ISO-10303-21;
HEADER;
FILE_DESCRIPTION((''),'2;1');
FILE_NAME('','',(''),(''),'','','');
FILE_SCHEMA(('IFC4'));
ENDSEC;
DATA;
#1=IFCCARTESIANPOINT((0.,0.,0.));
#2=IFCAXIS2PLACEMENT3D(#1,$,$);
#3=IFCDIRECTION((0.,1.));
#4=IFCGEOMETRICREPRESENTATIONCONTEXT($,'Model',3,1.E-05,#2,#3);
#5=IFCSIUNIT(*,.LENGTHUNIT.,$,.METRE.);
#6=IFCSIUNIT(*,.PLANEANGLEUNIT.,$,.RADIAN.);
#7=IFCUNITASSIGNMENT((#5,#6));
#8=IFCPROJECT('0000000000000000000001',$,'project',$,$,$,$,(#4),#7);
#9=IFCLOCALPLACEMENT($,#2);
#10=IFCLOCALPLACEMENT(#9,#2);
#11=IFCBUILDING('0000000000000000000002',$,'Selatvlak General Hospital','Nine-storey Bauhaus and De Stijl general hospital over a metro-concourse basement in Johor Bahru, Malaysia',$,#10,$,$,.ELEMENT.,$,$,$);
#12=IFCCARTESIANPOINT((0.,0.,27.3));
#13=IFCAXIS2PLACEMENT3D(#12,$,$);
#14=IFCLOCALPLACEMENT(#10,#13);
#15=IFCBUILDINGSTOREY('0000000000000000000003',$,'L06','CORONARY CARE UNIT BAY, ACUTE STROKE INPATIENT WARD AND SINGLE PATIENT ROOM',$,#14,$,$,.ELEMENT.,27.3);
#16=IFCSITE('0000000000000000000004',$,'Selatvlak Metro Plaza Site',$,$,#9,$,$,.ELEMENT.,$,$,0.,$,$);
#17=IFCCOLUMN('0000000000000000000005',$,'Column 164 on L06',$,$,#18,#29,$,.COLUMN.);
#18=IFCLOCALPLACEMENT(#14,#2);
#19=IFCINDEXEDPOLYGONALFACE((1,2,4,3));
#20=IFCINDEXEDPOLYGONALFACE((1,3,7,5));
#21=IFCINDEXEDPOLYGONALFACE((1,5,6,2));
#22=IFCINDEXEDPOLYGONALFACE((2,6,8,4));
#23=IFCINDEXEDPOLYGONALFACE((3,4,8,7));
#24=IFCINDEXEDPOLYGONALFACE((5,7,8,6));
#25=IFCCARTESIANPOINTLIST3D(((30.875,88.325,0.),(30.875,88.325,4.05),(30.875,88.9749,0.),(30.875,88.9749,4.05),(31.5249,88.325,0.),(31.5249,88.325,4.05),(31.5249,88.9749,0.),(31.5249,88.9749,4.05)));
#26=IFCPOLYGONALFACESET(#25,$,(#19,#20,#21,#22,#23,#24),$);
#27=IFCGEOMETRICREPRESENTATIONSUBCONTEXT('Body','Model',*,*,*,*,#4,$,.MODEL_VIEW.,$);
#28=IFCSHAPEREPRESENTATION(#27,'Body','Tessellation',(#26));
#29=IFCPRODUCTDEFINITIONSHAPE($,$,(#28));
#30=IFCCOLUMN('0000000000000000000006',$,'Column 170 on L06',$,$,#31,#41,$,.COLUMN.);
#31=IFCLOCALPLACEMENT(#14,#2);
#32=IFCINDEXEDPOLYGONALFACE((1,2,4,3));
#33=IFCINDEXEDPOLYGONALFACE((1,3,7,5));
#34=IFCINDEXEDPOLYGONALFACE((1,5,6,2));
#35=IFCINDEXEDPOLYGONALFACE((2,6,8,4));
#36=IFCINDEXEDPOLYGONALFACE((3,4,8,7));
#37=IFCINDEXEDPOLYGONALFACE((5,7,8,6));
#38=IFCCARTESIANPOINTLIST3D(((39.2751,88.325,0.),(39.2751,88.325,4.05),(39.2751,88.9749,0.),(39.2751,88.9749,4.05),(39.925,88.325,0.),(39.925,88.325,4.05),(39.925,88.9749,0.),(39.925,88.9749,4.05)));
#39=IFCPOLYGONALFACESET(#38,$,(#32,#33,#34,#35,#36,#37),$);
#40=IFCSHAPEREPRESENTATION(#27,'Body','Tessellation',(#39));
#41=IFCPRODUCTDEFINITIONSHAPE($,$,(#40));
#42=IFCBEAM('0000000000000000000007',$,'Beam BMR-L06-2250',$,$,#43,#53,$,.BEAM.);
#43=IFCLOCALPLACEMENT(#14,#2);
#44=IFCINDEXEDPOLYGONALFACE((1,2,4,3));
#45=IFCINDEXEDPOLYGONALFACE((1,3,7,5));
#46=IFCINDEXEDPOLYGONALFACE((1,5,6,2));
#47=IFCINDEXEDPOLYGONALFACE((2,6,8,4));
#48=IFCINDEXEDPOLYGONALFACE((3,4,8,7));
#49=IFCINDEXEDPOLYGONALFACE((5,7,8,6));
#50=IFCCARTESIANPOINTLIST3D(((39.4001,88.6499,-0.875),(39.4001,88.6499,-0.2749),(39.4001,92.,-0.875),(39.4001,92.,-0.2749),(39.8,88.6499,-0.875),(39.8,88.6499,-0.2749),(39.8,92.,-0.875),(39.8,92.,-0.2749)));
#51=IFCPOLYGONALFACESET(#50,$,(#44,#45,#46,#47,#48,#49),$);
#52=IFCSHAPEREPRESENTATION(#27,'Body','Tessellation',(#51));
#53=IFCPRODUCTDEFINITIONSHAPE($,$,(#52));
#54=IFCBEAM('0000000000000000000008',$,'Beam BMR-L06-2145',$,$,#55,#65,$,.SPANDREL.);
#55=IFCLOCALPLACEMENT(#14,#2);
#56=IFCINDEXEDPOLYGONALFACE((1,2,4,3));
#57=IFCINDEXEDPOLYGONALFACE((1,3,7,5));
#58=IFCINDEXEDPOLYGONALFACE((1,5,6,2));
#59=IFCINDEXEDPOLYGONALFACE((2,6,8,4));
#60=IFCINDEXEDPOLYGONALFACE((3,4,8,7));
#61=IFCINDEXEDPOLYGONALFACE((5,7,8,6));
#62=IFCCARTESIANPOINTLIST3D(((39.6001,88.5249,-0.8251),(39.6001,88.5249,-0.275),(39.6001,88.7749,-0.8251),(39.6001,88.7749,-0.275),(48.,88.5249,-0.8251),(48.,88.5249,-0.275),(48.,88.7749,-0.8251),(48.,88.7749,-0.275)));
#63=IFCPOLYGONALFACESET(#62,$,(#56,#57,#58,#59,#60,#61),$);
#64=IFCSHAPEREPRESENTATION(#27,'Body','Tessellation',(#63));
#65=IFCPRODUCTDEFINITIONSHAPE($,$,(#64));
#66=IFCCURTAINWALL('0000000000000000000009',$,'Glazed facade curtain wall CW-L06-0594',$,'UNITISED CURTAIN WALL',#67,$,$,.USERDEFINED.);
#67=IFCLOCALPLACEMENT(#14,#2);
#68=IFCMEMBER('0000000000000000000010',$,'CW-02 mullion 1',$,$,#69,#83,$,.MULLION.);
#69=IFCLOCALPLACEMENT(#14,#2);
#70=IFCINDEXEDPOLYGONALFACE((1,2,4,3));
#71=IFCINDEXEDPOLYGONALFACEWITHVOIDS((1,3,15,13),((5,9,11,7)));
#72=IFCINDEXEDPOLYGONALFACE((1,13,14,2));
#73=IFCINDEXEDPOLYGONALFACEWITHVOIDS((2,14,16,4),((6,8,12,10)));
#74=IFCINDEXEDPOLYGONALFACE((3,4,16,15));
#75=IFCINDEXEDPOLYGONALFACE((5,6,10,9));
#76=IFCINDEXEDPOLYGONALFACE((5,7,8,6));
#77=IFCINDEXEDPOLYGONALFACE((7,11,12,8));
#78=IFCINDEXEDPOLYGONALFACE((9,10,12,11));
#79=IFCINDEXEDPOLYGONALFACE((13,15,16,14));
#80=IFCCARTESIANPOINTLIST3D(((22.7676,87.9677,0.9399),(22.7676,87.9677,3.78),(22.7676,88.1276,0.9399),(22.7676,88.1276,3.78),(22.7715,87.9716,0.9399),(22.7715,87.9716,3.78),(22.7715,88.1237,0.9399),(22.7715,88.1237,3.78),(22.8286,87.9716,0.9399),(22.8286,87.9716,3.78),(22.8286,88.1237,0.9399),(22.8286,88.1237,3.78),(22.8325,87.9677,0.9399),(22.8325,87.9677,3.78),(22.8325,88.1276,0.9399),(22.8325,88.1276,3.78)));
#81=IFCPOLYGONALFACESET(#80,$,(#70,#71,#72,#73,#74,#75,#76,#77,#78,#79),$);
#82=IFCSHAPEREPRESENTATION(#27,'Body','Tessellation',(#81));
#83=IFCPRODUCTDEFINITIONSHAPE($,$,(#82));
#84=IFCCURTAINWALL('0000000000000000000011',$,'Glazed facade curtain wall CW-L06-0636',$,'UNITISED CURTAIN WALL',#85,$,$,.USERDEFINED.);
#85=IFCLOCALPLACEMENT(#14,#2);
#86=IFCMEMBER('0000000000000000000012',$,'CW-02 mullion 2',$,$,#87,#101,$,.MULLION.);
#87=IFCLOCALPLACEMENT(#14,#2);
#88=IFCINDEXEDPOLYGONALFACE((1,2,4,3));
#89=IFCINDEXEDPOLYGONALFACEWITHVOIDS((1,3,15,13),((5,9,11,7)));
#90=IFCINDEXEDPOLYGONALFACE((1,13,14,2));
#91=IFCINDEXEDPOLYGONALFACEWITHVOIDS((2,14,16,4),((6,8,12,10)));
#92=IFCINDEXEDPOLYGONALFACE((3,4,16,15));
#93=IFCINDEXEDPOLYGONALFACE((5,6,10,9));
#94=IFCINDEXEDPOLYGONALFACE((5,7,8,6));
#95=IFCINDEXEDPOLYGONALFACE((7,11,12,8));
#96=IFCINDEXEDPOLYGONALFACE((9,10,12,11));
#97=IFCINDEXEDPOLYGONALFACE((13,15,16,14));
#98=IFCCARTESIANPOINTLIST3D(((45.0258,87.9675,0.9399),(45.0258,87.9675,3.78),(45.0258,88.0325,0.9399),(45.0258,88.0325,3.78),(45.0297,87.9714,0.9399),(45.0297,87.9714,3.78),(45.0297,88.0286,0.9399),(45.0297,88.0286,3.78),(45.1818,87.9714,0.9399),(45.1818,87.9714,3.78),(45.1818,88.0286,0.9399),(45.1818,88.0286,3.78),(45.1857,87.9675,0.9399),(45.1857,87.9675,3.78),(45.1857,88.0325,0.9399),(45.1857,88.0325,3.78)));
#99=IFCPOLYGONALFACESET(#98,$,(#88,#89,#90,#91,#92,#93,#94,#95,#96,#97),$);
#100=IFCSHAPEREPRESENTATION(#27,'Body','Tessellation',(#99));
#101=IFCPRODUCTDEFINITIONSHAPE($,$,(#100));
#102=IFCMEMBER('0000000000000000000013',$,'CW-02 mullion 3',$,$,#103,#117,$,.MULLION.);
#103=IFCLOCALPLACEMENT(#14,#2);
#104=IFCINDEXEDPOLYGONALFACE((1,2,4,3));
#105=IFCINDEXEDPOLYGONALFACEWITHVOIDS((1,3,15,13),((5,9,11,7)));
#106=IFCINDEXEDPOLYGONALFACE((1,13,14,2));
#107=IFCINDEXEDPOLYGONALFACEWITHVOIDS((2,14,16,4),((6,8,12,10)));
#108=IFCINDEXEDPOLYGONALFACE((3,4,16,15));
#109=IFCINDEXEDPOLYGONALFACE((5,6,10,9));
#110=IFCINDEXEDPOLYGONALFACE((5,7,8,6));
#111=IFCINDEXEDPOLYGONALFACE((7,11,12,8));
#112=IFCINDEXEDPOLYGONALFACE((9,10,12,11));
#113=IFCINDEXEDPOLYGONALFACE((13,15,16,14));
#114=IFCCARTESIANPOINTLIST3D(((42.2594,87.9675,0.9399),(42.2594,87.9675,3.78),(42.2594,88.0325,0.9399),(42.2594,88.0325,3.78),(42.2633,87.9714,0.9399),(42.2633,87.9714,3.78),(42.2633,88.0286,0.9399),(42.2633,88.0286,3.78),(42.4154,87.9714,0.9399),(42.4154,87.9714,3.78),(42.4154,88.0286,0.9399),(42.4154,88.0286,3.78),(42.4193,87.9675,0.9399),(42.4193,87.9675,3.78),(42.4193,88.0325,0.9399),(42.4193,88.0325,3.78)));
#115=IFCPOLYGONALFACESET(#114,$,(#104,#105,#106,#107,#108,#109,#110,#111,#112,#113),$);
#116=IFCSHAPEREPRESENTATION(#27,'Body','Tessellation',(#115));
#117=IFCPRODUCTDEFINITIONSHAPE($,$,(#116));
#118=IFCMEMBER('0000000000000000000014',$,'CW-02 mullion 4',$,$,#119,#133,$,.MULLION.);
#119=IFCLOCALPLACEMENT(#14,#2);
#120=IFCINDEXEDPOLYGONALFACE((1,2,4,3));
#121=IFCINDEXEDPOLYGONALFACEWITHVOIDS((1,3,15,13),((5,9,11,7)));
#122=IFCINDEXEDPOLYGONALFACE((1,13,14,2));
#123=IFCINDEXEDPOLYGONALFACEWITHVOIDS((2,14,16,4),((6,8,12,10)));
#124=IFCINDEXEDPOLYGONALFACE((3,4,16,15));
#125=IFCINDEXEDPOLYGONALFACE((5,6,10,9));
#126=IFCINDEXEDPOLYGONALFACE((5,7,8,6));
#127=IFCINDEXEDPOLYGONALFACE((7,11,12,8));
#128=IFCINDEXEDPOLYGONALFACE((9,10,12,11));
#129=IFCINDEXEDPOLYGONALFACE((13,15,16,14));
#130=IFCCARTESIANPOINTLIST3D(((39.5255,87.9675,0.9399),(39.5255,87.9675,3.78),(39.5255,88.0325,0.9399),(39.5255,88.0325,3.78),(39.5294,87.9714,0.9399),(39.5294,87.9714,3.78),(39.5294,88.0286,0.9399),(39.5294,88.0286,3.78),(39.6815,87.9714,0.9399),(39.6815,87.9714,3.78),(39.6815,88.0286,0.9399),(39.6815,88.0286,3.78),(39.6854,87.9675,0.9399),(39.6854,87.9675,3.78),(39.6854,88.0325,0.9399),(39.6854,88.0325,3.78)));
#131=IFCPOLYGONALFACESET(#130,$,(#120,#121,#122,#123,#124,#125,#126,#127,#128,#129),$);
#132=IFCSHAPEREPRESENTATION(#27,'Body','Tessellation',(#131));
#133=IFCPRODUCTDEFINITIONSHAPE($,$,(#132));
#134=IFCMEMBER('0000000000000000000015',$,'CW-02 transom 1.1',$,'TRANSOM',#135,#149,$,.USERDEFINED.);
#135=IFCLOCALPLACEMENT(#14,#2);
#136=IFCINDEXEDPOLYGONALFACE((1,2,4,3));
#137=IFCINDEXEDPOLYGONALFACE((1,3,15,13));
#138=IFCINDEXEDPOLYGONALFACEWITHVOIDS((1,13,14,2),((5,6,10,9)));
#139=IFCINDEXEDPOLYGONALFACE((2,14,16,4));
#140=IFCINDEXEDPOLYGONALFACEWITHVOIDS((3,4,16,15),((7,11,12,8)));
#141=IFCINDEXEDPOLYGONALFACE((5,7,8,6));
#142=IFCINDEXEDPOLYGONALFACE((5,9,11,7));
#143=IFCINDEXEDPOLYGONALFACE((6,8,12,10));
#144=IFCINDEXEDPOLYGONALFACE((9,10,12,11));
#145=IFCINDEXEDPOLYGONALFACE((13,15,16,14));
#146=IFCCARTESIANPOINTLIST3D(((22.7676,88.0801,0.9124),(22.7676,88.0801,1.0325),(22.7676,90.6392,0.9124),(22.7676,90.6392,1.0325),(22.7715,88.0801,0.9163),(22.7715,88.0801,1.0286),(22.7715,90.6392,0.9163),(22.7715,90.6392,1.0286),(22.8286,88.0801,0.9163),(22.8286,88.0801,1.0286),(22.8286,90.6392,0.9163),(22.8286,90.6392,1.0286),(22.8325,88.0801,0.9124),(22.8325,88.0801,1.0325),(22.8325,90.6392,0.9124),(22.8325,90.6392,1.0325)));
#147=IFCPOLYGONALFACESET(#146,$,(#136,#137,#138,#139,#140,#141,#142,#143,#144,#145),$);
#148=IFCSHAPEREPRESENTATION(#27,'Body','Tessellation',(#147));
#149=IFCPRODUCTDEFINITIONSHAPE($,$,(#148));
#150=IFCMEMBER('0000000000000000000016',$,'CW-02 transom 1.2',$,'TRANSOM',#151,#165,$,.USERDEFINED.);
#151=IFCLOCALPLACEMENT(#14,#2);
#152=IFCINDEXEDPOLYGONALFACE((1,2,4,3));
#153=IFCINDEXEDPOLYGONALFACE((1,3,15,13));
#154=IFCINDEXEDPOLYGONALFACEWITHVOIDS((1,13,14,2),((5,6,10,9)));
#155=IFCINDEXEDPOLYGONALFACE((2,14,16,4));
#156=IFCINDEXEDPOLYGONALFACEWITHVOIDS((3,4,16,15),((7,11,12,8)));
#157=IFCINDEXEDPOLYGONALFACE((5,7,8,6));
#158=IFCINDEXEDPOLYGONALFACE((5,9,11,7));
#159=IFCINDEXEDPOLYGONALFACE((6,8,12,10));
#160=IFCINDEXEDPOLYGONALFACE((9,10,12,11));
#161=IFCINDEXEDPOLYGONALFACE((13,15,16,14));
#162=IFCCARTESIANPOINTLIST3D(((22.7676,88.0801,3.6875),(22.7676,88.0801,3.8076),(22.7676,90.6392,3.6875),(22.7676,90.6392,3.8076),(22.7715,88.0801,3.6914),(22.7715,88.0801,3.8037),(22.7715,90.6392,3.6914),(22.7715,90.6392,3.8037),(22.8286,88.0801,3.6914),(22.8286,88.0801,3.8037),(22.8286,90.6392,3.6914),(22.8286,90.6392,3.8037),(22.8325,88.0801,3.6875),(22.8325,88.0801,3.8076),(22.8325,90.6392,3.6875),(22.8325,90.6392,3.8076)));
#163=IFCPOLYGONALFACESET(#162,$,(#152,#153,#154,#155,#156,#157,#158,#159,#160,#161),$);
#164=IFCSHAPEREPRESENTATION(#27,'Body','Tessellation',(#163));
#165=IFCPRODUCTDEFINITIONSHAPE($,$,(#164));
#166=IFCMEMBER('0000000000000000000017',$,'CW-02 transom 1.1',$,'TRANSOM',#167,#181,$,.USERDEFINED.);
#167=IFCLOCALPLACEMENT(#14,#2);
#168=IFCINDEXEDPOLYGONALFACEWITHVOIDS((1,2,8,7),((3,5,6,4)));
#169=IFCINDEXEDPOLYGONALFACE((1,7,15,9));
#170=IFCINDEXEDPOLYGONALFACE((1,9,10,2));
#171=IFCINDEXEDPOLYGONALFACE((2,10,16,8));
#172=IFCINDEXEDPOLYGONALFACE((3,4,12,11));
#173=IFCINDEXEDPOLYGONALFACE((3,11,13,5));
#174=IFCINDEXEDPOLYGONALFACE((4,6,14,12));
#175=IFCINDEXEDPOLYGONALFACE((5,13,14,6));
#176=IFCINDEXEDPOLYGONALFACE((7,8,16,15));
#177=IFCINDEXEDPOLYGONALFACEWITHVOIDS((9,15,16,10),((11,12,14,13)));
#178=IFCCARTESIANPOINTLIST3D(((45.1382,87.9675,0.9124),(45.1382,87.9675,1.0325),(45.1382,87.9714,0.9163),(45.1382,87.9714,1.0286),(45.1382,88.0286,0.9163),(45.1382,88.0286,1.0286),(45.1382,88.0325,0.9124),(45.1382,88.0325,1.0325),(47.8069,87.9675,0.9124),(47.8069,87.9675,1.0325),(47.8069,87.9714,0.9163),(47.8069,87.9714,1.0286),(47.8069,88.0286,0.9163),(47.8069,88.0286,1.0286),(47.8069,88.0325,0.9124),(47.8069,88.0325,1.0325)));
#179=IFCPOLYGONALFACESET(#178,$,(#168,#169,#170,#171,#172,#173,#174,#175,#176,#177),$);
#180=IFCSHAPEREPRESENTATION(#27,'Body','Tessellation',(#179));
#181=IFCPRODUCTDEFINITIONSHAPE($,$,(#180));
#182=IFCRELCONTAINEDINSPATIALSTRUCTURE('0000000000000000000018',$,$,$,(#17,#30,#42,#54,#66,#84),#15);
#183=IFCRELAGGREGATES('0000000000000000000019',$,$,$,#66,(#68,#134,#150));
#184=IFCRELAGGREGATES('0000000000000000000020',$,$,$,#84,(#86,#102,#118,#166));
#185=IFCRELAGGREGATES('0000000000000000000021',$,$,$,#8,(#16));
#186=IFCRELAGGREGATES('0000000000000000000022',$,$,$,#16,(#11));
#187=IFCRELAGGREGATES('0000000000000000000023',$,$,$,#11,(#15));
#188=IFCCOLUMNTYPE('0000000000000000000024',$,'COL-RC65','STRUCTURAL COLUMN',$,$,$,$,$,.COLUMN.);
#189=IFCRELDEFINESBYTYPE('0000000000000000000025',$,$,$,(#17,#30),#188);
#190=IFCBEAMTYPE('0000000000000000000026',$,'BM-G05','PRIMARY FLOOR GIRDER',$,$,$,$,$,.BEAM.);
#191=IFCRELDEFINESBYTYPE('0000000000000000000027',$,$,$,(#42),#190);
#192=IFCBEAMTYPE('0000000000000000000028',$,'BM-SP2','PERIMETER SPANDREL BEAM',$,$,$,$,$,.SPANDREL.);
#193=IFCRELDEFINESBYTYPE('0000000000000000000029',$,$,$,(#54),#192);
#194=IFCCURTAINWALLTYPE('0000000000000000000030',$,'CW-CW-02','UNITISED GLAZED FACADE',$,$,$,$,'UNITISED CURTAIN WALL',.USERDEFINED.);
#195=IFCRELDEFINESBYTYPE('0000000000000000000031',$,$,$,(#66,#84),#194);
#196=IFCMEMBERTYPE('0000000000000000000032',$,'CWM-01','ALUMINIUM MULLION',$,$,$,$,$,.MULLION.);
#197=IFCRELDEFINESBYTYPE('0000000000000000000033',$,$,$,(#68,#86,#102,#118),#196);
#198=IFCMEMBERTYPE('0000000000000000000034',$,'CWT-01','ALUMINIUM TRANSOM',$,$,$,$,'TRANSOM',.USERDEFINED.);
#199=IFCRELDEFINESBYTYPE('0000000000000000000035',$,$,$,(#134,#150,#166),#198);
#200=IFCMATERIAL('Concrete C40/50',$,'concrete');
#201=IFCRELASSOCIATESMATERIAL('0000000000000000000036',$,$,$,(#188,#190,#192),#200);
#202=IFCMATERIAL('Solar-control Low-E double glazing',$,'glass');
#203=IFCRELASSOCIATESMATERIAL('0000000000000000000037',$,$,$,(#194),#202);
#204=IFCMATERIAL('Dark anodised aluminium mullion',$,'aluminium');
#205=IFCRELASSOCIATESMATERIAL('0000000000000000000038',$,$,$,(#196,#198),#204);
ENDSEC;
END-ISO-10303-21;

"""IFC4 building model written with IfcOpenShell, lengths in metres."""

from ifc_helpers import new_model, si_unit, direction, frame, origin, origin_2d, place, context, subcontext, project, spatial, rectangle, hollow_rectangle, extrude, material, material_profile, profile_set, type_object, element, aggregate, save


model = new_model("IFC4")

# Units and contexts
model_context = context("Model", 3, precision=1e-05, world=origin(), true_north=direction((0.0, 1.0)))
body_context = subcontext(model_context, "Body", "Model", "MODEL_VIEW")
ifc_project = project(units=[si_unit("LENGTHUNIT", "METRE"), si_unit("PLANEANGLEUNIT", "RADIAN")], contexts=[model_context])

# Site, building, storey
site_placement = place(None, origin())
site = spatial("IfcSite", under=ifc_project, at=site_placement, Name="Selatvlak Metro Plaza Site", CompositionType="ELEMENT", RefElevation=0.0)
building_placement = place(site_placement, origin())
building = spatial("IfcBuilding", under=site, at=building_placement, Name="Selatvlak General Hospital", Description="Nine-storey Bauhaus and De Stijl general hospital over a metro-concourse basement in Johor Bahru, Malaysia", CompositionType="ELEMENT")
storey_placement = place(building_placement, frame((0.0, 0.0, 27.3)))
storey = spatial("IfcBuildingStorey", under=building, at=storey_placement, Name="L06", Description="CORONARY CARE UNIT BAY, ACUTE STROKE INPATIENT WARD AND SINGLE PATIENT ROOM", CompositionType="ELEMENT", Elevation=27.3)

# Columns
ifc_material_1 = material(Name="Concrete C40/50", Category="concrete")
ifc_material_profile_1 = material_profile(ifc_material_1, rectangle(XDim=0.6499, YDim=0.6499, at=origin_2d()), Name="RC-COL 650x650")
ifc_profile_set_1 = profile_set([ifc_material_profile_1], Name="Concrete C40/50")
column_type = type_object("IfcColumnType", Name="COL-RC65", Description="STRUCTURAL COLUMN", PredefinedType="COLUMN", material=ifc_profile_set_1)
for number, where, z_axis, x_axis, name in (
    (1, (31.2, 88.6499, 0.0), (0.0, 0.0, 1.0), (1.0, 0.0, 0.0), "Column 164 on L06"),
    (2, (39.6001, 88.6499, 0.0), (0.0, 0.0, 1.0), (1.0, 0.0, 0.0), "Column 170 on L06"),
):
    element("IfcColumn", number, at=place(storey_placement, frame(where, z_axis=z_axis, x_axis=x_axis)), inside=storey, type_object=column_type, Name=name, PredefinedType="COLUMN", context=body_context, shape_type="SweptSolid", body=[
        extrude(rectangle(XDim=0.6499, YDim=0.6499, at=origin_2d()), origin(), (0.0, 0.0, 1.0), 4.05),
    ])

# Beams
ifc_material_profile_2 = material_profile(ifc_material_1, rectangle(XDim=0.3999, YDim=0.6001, at=origin_2d()), Name="RC-BM 400x600")
ifc_profile_set_2 = profile_set([ifc_material_profile_2], Name="Concrete C40/50")
beam_type_1 = type_object("IfcBeamType", Name="BM-G05", Description="PRIMARY FLOOR GIRDER", PredefinedType="BEAM", material=ifc_profile_set_2)
beam_1_placement = place(storey_placement, frame((39.6001, 88.6499, -0.575), z_axis=(0.0, 1.0, 0.0), x_axis=(-1.0, 0.0, 0.0)))
element("IfcBeam", 3, at=beam_1_placement, inside=storey, type_object=beam_type_1, Name="Beam BMR-L06-2250", PredefinedType="BEAM", context=body_context, shape_type="SweptSolid", body=[
    extrude(rectangle(XDim=0.3999, YDim=0.6001, at=origin_2d()), origin(), (0.0, 0.0, 1.0), 3.3501),
])
ifc_material_profile_3 = material_profile(ifc_material_1, rectangle(XDim=0.25, YDim=0.55, at=origin_2d()), Name="RC-SP 250x550")
ifc_profile_set_3 = profile_set([ifc_material_profile_3], Name="Concrete C40/50")
beam_type_2 = type_object("IfcBeamType", Name="BM-SP2", Description="PERIMETER SPANDREL BEAM", PredefinedType="SPANDREL", material=ifc_profile_set_3)
beam_2_placement = place(storey_placement, frame((39.6001, 88.6499, -0.55), z_axis=(1.0, 0.0, 0.0), x_axis=(0.0, 1.0, 0.0)))
element("IfcBeam", 4, at=beam_2_placement, inside=storey, type_object=beam_type_2, Name="Beam BMR-L06-2145", PredefinedType="SPANDREL", context=body_context, shape_type="SweptSolid", body=[
    extrude(rectangle(XDim=0.25, YDim=0.55, at=origin_2d()), origin(), (0.0, 0.0, 1.0), 8.3999),
])

# Curtain wall, member
ifc_material_2 = material(Name="Solar-control Low-E double glazing", Category="glass")
curtain_wall_type = type_object("IfcCurtainWallType", Name="CW-CW-02", Description="UNITISED GLAZED FACADE", ElementType="UNITISED CURTAIN WALL", PredefinedType="USERDEFINED", material=ifc_material_2)
curtain_wall_1_placement = place(storey_placement, origin())
curtain_wall_1 = element("IfcCurtainWall", 5, at=curtain_wall_1_placement, inside=storey, type_object=curtain_wall_type, Name="Glazed facade curtain wall CW-L06-0594", ObjectType="UNITISED CURTAIN WALL", PredefinedType="USERDEFINED")
ifc_material_3 = material(Name="Dark anodised aluminium mullion", Category="aluminium")
ifc_material_profile_4 = material_profile(ifc_material_3, hollow_rectangle(XDim=0.0649, YDim=0.1599, WallThickness=0.0039, at=origin_2d()), Name="AL-MUL 65x160x4")
ifc_profile_set_4 = profile_set([ifc_material_profile_4], Name="Dark anodised aluminium mullion")
member_type_1 = type_object("IfcMemberType", Name="CWM-01", Description="ALUMINIUM MULLION", PredefinedType="MULLION", material=ifc_profile_set_4)
member_1_placement = place(storey_placement, frame((22.8, 88.0476, 0.9399), z_axis=(0.0, 0.0, 1.0), x_axis=(-1.0, 0.0, 0.0)))
member_1 = element("IfcMember", 6, at=member_1_placement, type_object=member_type_1, Name="CW-02 mullion 1", PredefinedType="MULLION", context=body_context, shape_type="SweptSolid", body=[
    extrude(hollow_rectangle(XDim=0.0649, YDim=0.1599, WallThickness=0.0039, at=origin_2d()), origin(), (0.0, 0.0, 1.0), 2.8401),
])

# Curtain wall, members
curtain_wall_2_placement = place(storey_placement, origin())
curtain_wall_2 = element("IfcCurtainWall", 7, at=curtain_wall_2_placement, inside=storey, type_object=curtain_wall_type, Name="Glazed facade curtain wall CW-L06-0636", ObjectType="UNITISED CURTAIN WALL", PredefinedType="USERDEFINED")
member_2_placement = place(storey_placement, frame((45.1057, 88.0, 0.9399), z_axis=(0.0, 0.0, 1.0), x_axis=(0.0, -1.0, 0.0)))
member_2 = element("IfcMember", 8, at=member_2_placement, type_object=member_type_1, Name="CW-02 mullion 2", PredefinedType="MULLION", context=body_context, shape_type="SweptSolid", body=[
    extrude(hollow_rectangle(XDim=0.0649, YDim=0.1599, WallThickness=0.0039, at=origin_2d()), origin(), (0.0, 0.0, 1.0), 2.8401),
])
member_3_placement = place(storey_placement, frame((42.3394, 88.0, 0.9399), z_axis=(0.0, 0.0, 1.0), x_axis=(0.0, -1.0, 0.0)))
member_3 = element("IfcMember", 9, at=member_3_placement, type_object=member_type_1, Name="CW-02 mullion 3", PredefinedType="MULLION", context=body_context, shape_type="SweptSolid", body=[
    extrude(hollow_rectangle(XDim=0.0649, YDim=0.1599, WallThickness=0.0039, at=origin_2d()), origin(), (0.0, 0.0, 1.0), 2.8401),
])
member_4_placement = place(storey_placement, frame((39.6055, 88.0, 0.9399), z_axis=(0.0, 0.0, 1.0), x_axis=(0.0, -1.0, 0.0)))
member_4 = element("IfcMember", 10, at=member_4_placement, type_object=member_type_1, Name="CW-02 mullion 4", PredefinedType="MULLION", context=body_context, shape_type="SweptSolid", body=[
    extrude(hollow_rectangle(XDim=0.0649, YDim=0.1599, WallThickness=0.0039, at=origin_2d()), origin(), (0.0, 0.0, 1.0), 2.8401),
])

# Members
ifc_material_profile_5 = material_profile(ifc_material_3, hollow_rectangle(XDim=0.0649, YDim=0.1201, WallThickness=0.0039, at=origin_2d()), Name="AL-TRN 65x120x4")
ifc_profile_set_5 = profile_set([ifc_material_profile_5], Name="Dark anodised aluminium mullion")
member_type_2 = type_object("IfcMemberType", Name="CWT-01", Description="ALUMINIUM TRANSOM", ElementType="TRANSOM", PredefinedType="USERDEFINED", material=ifc_profile_set_5)
member_5_placement = place(storey_placement, frame((22.8, 88.0801, 0.9724), z_axis=(0.0, 1.0, 0.0), x_axis=(-1.0, 0.0, 0.0)))
member_5 = element("IfcMember", 11, at=member_5_placement, type_object=member_type_2, Name="CW-02 transom 1.1", ObjectType="TRANSOM", PredefinedType="USERDEFINED", context=body_context, shape_type="SweptSolid", body=[
    extrude(hollow_rectangle(XDim=0.0649, YDim=0.1201, WallThickness=0.0039, at=origin_2d()), origin(), (0.0, 0.0, 1.0), 2.5591),
])
member_6_placement = place(storey_placement, frame((22.8, 88.0801, 3.7476), z_axis=(0.0, 1.0, 0.0), x_axis=(-1.0, 0.0, 0.0)))
member_6 = element("IfcMember", 12, at=member_6_placement, type_object=member_type_2, Name="CW-02 transom 1.2", ObjectType="TRANSOM", PredefinedType="USERDEFINED", context=body_context, shape_type="SweptSolid", body=[
    extrude(hollow_rectangle(XDim=0.0649, YDim=0.1201, WallThickness=0.0039, at=origin_2d()), origin(), (0.0, 0.0, 1.0), 2.5591),
])
aggregate(curtain_wall_1, [member_1, member_5, member_6])
member_7_placement = place(storey_placement, frame((47.8069, 88.0, 0.9724), z_axis=(-1.0, 0.0, 0.0), x_axis=(0.0, -1.0, 0.0)))
member_7 = element("IfcMember", 13, at=member_7_placement, type_object=member_type_2, Name="CW-02 transom 1.1", ObjectType="TRANSOM", PredefinedType="USERDEFINED", context=body_context, shape_type="SweptSolid", body=[
    extrude(hollow_rectangle(XDim=0.0649, YDim=0.1201, WallThickness=0.0039, at=origin_2d()), origin(), (0.0, 0.0, 1.0), 2.6687),
])

aggregate(curtain_wall_2, [member_2, member_3, member_4, member_7])

save(model, "model.ifc")
